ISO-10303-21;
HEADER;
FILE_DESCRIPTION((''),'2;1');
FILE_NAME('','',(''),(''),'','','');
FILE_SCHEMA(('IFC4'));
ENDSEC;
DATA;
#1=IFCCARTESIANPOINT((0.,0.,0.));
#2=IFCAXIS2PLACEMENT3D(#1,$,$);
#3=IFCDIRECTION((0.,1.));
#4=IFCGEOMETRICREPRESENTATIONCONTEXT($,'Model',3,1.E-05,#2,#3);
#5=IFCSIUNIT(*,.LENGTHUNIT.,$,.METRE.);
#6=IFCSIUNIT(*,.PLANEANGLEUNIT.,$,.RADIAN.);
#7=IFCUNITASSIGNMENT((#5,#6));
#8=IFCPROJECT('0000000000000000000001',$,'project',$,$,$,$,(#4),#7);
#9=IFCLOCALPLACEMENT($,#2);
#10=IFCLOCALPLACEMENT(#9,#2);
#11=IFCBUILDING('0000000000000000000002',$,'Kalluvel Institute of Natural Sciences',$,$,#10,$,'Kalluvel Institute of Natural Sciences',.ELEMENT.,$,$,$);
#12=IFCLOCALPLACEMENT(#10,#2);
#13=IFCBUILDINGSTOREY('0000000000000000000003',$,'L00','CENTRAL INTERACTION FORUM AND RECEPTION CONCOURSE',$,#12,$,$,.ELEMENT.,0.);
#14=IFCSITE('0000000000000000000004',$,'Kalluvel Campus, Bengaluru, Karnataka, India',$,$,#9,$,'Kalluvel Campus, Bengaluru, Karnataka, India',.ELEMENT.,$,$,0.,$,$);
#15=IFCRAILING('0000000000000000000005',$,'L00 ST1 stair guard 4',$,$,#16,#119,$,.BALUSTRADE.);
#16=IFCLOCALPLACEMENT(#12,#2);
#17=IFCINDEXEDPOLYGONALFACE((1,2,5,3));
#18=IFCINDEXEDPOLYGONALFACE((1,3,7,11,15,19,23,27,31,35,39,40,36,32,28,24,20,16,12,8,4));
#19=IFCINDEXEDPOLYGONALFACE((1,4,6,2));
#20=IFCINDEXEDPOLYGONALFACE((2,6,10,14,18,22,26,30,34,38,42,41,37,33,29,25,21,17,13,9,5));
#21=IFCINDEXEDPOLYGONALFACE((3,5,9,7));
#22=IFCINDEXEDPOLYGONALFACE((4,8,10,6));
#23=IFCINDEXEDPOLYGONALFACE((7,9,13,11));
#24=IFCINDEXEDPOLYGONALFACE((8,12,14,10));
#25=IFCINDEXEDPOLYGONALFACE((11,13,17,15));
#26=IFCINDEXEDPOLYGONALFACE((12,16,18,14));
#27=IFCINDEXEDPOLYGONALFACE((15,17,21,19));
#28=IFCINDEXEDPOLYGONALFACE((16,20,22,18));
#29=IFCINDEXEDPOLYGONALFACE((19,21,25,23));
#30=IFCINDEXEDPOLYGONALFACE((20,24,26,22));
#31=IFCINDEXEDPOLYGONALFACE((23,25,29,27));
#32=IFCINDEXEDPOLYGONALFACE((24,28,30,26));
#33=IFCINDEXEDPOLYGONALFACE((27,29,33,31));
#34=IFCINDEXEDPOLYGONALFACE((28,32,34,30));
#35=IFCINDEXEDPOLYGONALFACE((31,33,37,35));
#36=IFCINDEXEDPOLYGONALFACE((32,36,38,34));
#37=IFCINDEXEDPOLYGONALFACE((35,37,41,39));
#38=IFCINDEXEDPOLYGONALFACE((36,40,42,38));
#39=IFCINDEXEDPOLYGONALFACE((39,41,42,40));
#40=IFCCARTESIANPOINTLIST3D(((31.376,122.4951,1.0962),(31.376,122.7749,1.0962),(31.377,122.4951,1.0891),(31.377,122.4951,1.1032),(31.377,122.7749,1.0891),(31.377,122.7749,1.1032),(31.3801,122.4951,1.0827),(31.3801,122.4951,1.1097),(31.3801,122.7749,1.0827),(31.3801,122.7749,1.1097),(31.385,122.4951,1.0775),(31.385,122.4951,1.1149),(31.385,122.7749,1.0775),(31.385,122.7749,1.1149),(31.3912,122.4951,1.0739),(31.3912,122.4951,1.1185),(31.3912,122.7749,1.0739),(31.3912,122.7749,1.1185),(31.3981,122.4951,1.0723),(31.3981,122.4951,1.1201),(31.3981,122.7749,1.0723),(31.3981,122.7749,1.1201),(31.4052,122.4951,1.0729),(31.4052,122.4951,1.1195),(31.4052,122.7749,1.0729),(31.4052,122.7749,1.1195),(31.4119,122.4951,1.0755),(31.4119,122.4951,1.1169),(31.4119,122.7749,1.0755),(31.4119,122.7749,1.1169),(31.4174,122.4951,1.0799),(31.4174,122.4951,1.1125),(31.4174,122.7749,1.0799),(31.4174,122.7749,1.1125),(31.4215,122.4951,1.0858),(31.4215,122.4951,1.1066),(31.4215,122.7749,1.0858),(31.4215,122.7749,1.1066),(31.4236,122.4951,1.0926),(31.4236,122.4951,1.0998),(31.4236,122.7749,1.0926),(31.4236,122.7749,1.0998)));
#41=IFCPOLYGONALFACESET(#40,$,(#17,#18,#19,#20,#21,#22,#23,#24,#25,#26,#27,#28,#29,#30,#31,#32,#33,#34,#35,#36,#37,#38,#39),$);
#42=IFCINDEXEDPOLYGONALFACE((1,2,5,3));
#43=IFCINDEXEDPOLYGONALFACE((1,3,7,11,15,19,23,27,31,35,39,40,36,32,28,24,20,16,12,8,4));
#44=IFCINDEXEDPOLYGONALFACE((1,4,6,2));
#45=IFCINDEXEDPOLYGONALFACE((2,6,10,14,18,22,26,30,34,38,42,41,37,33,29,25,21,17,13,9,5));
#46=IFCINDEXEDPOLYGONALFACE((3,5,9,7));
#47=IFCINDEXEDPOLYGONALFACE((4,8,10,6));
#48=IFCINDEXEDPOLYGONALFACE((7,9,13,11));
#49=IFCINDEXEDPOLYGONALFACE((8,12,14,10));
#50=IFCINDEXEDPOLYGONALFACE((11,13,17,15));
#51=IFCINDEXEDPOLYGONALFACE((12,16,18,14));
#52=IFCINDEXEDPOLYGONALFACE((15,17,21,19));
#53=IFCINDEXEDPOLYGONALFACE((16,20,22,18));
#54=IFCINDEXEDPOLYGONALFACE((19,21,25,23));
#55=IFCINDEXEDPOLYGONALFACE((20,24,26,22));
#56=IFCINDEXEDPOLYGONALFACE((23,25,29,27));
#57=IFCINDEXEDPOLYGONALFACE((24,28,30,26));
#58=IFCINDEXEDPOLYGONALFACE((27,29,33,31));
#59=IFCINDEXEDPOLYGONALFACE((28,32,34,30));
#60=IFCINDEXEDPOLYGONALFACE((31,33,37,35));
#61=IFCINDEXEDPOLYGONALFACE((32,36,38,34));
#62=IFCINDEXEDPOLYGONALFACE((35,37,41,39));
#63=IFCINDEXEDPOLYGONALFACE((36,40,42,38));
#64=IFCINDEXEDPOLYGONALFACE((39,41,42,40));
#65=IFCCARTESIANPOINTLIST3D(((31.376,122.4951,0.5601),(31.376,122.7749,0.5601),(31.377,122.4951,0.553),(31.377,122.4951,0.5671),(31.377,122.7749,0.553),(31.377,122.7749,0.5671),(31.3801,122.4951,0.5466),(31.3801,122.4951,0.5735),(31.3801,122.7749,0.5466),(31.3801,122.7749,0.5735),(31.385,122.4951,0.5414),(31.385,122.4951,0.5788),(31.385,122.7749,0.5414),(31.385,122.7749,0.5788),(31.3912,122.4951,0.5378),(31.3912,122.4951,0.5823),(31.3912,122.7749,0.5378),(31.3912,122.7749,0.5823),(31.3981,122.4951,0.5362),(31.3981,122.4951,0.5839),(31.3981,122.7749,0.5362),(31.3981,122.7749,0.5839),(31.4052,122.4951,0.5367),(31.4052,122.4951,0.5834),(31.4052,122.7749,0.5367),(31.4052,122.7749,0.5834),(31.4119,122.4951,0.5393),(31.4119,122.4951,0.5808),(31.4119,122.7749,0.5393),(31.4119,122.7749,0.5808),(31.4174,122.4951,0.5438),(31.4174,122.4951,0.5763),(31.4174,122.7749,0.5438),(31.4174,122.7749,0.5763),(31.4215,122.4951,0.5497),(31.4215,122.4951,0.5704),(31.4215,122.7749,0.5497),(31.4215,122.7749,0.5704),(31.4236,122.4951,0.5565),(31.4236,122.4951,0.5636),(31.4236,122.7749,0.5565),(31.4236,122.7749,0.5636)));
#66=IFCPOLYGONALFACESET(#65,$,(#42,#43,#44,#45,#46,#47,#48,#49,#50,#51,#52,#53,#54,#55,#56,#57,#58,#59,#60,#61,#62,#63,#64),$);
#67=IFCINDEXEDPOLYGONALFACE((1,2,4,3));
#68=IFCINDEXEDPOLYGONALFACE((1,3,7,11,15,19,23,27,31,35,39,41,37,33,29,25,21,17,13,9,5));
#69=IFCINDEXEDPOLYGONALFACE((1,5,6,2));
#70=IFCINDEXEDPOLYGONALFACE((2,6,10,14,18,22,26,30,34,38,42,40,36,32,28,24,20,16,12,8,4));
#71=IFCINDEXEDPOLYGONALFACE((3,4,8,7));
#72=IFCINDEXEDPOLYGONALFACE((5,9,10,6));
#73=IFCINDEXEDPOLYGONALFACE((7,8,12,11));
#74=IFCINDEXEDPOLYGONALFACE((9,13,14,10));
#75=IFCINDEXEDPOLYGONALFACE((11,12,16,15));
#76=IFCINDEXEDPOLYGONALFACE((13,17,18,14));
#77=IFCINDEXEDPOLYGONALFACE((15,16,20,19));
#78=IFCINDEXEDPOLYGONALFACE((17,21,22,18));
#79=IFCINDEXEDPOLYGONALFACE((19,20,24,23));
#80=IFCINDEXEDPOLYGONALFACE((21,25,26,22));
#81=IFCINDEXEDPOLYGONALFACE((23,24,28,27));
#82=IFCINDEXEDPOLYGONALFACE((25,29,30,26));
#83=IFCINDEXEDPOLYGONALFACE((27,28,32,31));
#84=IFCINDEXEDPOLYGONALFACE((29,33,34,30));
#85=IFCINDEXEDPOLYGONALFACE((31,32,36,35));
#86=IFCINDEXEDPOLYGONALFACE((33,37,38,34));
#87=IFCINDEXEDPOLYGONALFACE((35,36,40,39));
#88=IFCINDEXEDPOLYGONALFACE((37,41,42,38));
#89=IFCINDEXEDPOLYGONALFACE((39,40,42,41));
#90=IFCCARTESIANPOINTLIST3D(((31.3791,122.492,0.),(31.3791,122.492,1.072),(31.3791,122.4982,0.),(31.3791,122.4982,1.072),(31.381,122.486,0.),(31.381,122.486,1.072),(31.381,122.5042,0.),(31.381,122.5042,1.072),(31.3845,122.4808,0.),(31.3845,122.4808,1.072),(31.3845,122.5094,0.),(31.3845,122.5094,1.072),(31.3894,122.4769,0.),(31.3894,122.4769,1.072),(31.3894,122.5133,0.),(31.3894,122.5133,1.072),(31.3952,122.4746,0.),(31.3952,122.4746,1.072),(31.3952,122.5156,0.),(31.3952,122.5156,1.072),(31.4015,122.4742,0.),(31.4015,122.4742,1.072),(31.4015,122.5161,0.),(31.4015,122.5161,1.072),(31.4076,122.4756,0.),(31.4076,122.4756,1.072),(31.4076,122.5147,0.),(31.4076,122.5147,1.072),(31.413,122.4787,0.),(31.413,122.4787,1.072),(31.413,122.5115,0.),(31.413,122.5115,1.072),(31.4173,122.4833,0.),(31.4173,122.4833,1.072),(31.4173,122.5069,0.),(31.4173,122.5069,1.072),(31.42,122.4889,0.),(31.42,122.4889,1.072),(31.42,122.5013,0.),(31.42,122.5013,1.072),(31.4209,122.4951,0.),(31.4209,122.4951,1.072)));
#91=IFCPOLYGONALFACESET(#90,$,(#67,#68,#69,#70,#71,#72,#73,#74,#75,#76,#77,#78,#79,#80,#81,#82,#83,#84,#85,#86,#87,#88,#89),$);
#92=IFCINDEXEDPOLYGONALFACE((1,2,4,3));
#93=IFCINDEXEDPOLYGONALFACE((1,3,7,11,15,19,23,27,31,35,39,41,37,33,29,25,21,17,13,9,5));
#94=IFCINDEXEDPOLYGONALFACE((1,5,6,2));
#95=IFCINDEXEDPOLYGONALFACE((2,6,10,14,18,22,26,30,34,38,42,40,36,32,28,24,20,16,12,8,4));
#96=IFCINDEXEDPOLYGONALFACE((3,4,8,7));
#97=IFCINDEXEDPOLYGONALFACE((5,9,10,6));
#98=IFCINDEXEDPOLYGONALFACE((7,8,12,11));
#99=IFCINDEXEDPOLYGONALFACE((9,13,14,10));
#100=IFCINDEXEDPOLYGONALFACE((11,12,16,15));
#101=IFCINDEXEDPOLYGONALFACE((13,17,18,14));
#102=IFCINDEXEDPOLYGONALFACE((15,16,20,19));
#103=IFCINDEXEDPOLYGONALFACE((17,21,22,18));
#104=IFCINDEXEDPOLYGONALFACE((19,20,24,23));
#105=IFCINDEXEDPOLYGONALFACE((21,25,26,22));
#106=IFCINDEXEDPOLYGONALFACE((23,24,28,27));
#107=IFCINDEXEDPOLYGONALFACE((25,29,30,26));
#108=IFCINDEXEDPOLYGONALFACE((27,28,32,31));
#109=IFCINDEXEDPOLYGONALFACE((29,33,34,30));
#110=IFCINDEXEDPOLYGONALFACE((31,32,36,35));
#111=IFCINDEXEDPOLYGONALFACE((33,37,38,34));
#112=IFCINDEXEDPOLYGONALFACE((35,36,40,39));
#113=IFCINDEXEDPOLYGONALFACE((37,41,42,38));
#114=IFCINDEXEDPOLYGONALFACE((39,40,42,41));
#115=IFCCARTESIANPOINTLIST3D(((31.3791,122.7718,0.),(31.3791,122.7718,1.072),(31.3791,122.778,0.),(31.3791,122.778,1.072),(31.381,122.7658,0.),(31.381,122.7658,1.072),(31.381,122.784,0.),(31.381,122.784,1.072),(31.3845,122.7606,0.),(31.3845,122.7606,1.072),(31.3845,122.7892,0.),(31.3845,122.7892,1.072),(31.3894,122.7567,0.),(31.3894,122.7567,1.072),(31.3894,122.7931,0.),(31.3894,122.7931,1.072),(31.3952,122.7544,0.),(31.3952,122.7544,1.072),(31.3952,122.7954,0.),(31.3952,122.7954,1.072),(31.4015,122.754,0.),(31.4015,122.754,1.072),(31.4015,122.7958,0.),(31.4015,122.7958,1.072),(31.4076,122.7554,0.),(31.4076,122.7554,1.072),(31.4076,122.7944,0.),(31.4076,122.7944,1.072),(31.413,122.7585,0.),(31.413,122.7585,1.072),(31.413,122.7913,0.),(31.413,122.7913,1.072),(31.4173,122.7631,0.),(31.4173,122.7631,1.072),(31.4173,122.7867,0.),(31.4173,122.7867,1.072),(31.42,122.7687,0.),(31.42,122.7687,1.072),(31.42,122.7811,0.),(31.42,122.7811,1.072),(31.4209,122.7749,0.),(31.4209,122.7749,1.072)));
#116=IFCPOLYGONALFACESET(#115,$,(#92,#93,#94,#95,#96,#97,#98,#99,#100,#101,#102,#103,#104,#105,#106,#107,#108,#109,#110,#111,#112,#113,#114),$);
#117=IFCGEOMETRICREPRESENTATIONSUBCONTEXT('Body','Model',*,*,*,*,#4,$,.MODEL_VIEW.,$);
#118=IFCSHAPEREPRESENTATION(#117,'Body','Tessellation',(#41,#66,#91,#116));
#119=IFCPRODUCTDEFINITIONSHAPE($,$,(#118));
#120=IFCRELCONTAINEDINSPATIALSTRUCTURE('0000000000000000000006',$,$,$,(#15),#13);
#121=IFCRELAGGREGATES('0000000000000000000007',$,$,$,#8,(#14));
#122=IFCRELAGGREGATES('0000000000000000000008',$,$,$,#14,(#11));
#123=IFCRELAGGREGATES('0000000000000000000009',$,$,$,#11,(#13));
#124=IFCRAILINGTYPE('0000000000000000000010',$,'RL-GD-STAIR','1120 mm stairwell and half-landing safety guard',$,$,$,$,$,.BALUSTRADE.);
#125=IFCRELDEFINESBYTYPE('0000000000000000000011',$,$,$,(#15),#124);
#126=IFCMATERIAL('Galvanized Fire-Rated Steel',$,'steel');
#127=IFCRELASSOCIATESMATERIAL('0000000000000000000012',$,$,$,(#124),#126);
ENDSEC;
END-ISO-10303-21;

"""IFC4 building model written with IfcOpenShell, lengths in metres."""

from ifc_helpers import new_model, si_unit, direction, frame, origin, origin_2d, place, context, subcontext, project, spatial, circle, extrude, material, type_object, element, save


model = new_model("IFC4")

# Units and contexts
model_context = context("Model", 3, precision=1e-05, world=origin(), true_north=direction((0.0, 1.0)))
body_context = subcontext(model_context, "Body", "Model", "MODEL_VIEW")
ifc_project = project(units=[si_unit("LENGTHUNIT", "METRE"), si_unit("PLANEANGLEUNIT", "RADIAN")], contexts=[model_context])

# Site, building, storey
site_placement = place(None, origin())
site = spatial("IfcSite", under=ifc_project, at=site_placement, Name="Kalluvel Campus, Bengaluru, Karnataka, India", LongName="Kalluvel Campus, Bengaluru, Karnataka, India", CompositionType="ELEMENT", RefElevation=0.0)
building_placement = place(site_placement, origin())
building = spatial("IfcBuilding", under=site, at=building_placement, Name="Kalluvel Institute of Natural Sciences", LongName="Kalluvel Institute of Natural Sciences", CompositionType="ELEMENT")
storey_placement = place(building_placement, origin())
storey = spatial("IfcBuildingStorey", under=building, at=storey_placement, Name="L00", Description="CENTRAL INTERACTION FORUM AND RECEPTION CONCOURSE", CompositionType="ELEMENT", Elevation=0.0)

# Shared definitions
ifc_material_1 = material(Name="Galvanized Fire-Rated Steel", Category="steel")

# Railing
railing_type_1 = type_object("IfcRailingType", Name="RL-GD-STAIR", Description="1120 mm stairwell and half-landing safety guard", PredefinedType="BALUSTRADE", material=ifc_material_1)
railing_1_placement = place(storey_placement, frame((31.3999, 122.4951, 0.0)))
element("IfcRailing", 1, at=railing_1_placement, inside=storey, type_object=railing_type_1, Name="L00 ST1 stair guard 4", PredefinedType="BALUSTRADE", context=body_context, shape_type="SweptSolid", body=[
    extrude(circle(Radius=0.0239, at=origin_2d()), frame((0.0, 0.0, 1.0962), z_axis=(0.0, 1.0, 0.0), x_axis=(-1.0, 0.0, 0.0)), (0.0, 0.0, 1.0), 0.2798),
    extrude(circle(Radius=0.0239, at=origin_2d()), frame((0.0, 0.0, 0.5601), z_axis=(0.0, 1.0, 0.0), x_axis=(-1.0, 0.0, 0.0)), (0.0, 0.0, 1.0), 0.2798),
    extrude(circle(Radius=0.021, at=origin_2d()), origin(), (0.0, 0.0, 1.0), 1.072),
    extrude(circle(Radius=0.021, at=origin_2d()), frame((0.0, 0.2798, 0.0)), (0.0, 0.0, 1.0), 1.072),
])

save(model, "model.ifc")
